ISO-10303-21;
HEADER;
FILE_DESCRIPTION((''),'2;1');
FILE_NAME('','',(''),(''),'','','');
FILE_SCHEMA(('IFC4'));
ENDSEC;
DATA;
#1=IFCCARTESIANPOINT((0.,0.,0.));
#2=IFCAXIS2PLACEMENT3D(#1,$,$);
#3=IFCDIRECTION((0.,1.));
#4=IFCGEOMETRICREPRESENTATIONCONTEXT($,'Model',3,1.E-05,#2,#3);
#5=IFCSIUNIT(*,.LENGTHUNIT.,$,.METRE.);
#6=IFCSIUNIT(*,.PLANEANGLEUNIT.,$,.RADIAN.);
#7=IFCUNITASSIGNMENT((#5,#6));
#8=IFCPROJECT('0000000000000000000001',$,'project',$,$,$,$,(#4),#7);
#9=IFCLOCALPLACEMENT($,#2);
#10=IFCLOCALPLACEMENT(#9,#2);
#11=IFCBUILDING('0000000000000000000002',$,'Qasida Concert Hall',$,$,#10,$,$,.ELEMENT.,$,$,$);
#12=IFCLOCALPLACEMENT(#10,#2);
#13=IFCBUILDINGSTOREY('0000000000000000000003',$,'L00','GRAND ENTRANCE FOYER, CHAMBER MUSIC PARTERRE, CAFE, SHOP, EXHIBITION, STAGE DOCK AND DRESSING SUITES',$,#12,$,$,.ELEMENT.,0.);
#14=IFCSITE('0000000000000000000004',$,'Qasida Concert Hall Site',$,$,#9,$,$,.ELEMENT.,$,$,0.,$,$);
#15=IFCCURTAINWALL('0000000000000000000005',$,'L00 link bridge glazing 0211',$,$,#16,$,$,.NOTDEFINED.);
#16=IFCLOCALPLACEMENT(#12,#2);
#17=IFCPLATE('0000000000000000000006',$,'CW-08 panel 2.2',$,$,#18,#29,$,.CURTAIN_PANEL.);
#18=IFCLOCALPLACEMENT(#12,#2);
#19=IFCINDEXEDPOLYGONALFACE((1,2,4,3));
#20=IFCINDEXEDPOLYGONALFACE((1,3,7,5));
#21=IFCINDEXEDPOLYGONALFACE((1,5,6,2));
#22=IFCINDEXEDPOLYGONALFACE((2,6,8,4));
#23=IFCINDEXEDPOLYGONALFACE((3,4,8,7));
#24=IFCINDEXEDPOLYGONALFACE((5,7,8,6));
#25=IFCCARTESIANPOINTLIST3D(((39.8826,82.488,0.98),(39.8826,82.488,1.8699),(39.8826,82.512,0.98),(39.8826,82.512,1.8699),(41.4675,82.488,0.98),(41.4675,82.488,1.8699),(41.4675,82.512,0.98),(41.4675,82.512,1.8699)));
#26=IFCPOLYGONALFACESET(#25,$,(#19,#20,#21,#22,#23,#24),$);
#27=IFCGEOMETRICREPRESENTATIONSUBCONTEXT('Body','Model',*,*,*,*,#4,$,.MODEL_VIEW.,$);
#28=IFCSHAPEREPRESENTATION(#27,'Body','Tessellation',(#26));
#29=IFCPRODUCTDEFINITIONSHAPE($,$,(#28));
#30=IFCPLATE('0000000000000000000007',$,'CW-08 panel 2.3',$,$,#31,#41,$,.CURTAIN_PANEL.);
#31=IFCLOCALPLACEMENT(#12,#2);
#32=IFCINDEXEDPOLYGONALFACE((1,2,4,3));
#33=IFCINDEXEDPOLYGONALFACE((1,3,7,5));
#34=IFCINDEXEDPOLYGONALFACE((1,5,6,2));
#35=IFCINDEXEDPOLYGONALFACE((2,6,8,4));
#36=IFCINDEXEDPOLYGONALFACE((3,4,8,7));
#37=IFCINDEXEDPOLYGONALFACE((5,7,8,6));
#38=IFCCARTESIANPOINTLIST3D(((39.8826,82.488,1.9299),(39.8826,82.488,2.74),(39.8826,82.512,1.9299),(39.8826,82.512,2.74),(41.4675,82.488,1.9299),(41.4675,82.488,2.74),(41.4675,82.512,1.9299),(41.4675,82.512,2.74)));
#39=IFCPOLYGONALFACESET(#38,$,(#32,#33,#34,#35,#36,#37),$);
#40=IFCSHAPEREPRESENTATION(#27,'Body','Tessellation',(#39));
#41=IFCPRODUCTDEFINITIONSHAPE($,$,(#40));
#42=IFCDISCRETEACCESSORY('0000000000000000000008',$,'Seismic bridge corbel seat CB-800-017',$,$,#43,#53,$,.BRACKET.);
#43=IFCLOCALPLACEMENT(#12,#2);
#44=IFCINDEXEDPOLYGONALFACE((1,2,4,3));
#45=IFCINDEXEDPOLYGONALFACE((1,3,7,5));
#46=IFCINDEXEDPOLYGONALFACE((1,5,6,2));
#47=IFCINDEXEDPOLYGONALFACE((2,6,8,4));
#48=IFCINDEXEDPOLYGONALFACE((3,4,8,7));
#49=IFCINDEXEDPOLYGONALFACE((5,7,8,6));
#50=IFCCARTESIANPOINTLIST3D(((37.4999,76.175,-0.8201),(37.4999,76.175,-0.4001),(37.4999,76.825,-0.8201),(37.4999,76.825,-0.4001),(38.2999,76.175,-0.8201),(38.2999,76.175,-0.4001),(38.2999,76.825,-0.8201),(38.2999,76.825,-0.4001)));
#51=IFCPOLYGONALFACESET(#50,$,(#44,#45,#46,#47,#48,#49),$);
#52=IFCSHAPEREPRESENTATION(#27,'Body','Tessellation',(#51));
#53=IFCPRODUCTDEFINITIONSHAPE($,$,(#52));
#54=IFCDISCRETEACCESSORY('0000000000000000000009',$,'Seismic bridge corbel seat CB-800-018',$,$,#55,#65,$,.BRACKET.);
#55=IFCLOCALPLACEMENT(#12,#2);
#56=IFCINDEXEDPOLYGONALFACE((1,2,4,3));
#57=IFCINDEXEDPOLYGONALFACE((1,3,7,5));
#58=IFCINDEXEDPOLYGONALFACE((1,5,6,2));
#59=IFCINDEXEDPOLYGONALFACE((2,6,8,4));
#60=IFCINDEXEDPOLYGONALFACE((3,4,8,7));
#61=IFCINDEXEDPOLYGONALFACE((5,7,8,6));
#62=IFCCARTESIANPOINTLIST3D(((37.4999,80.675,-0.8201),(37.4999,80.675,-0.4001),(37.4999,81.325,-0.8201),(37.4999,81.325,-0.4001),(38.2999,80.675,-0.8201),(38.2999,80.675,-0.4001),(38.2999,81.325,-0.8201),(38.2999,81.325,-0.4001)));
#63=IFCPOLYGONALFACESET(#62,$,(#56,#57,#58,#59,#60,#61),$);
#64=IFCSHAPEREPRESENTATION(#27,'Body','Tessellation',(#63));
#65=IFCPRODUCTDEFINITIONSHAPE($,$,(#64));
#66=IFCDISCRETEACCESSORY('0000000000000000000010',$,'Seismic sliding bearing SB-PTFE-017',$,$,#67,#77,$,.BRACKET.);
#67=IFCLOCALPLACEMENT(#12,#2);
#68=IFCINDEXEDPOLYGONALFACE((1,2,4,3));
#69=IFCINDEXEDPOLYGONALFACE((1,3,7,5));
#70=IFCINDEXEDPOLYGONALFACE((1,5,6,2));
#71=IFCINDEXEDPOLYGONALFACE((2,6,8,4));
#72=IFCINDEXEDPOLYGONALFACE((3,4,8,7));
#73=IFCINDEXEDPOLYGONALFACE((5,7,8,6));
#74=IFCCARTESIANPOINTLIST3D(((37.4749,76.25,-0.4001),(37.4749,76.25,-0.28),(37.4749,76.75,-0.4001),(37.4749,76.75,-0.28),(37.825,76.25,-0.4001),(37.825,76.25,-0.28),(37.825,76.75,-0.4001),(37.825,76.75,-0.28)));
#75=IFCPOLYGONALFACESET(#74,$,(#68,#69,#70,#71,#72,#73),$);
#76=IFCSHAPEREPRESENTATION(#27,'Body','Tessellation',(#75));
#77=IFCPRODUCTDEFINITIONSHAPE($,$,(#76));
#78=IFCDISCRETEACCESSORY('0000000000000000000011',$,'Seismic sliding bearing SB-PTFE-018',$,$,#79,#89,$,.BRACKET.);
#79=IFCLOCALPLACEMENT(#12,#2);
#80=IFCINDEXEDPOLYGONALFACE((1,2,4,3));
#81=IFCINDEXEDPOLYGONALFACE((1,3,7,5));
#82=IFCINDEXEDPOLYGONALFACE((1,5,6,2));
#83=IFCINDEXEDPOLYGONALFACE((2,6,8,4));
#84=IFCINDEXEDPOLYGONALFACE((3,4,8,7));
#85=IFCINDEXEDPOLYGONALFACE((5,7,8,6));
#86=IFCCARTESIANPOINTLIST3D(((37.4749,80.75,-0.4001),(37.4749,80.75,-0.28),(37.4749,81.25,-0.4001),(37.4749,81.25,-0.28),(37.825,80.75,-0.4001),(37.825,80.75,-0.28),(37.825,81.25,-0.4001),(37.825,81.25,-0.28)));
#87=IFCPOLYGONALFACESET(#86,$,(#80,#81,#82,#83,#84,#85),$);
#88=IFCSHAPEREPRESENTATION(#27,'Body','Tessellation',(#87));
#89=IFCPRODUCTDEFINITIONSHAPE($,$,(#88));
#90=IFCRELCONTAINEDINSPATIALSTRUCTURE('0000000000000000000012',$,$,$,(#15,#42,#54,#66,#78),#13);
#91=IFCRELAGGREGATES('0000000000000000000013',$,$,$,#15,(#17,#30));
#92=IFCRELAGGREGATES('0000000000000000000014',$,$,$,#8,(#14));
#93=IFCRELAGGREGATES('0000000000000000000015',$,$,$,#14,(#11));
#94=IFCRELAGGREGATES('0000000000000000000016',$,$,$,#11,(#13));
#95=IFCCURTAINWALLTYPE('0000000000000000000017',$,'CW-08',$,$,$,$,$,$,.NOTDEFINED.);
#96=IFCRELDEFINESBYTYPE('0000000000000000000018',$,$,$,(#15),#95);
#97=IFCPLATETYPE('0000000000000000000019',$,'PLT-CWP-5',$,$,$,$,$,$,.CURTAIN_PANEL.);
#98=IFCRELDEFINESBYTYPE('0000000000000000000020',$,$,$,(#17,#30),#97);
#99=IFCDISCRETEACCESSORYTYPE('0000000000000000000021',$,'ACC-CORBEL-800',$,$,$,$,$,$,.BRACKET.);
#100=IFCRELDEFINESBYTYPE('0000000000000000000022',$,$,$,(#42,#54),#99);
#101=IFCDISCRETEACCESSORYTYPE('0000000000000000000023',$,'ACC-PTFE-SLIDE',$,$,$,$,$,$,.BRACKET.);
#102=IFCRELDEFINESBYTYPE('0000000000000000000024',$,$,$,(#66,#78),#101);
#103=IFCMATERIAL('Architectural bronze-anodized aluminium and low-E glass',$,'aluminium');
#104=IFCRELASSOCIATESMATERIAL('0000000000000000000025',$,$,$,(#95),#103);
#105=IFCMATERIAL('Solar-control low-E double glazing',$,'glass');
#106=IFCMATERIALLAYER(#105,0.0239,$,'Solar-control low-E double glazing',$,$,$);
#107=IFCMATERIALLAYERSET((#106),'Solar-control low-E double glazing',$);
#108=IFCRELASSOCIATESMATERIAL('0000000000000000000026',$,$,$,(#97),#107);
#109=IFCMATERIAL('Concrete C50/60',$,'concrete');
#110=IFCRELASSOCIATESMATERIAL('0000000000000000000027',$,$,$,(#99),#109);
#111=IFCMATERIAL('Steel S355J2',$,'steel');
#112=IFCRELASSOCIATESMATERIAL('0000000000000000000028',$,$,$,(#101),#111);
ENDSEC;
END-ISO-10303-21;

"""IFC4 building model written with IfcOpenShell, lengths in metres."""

from ifc_helpers import new_model, si_unit, direction, frame, origin, origin_2d, place, context, subcontext, project, spatial, rectangle, extrude, material, layer, layer_set, type_object, element, aggregate, save


model = new_model("IFC4")

# Units and contexts
model_context = context("Model", 3, precision=1e-05, world=origin(), true_north=direction((0.0, 1.0)))
body_context = subcontext(model_context, "Body", "Model", "MODEL_VIEW")
ifc_project = project(units=[si_unit("LENGTHUNIT", "METRE"), si_unit("PLANEANGLEUNIT", "RADIAN")], contexts=[model_context])

# Site, building, storey
site_placement = place(None, origin())
site = spatial("IfcSite", under=ifc_project, at=site_placement, Name="Qasida Concert Hall Site", CompositionType="ELEMENT", RefElevation=0.0)
building_placement = place(site_placement, origin())
building = spatial("IfcBuilding", under=site, at=building_placement, Name="Qasida Concert Hall", CompositionType="ELEMENT")
storey_placement = place(building_placement, origin())
storey = spatial("IfcBuildingStorey", under=building, at=storey_placement, Name="L00", Description="GRAND ENTRANCE FOYER, CHAMBER MUSIC PARTERRE, CAFE, SHOP, EXHIBITION, STAGE DOCK AND DRESSING SUITES", CompositionType="ELEMENT", Elevation=0.0)

# Curtain wall, plates
ifc_material_1 = material(Name="Architectural bronze-anodized aluminium and low-E glass", Category="aluminium")
curtain_wall_type = type_object("IfcCurtainWallType", Name="CW-08", PredefinedType="NOTDEFINED", material=ifc_material_1)
curtain_wall_placement = place(storey_placement, origin())
curtain_wall = element("IfcCurtainWall", 1, at=curtain_wall_placement, inside=storey, type_object=curtain_wall_type, Name="L00 link bridge glazing 0211", PredefinedType="NOTDEFINED")
ifc_material_2 = material(Name="Solar-control low-E double glazing", Category="glass")
ifc_layer = layer(ifc_material_2, 0.0239, Name="Solar-control low-E double glazing")
ifc_layer_set = layer_set([ifc_layer], Name="Solar-control low-E double glazing")
plate_type = type_object("IfcPlateType", Name="PLT-CWP-5", PredefinedType="CURTAIN_PANEL", material=ifc_layer_set)
plate_1_placement = place(storey_placement, frame((40.675, 82.5, 0.98), z_axis=(0.0, 0.0, 1.0), x_axis=(1.0, 0.0, 0.0)))
plate_1 = element("IfcPlate", 2, at=plate_1_placement, type_object=plate_type, Name="CW-08 panel 2.2", PredefinedType="CURTAIN_PANEL", context=body_context, shape_type="SweptSolid", body=[
    extrude(rectangle(XDim=1.585, YDim=0.0239, at=origin_2d()), origin(), (0.0, 0.0, 1.0), 0.8899),
])
plate_2_placement = place(storey_placement, frame((40.675, 82.5, 1.9299), z_axis=(0.0, 0.0, 1.0), x_axis=(1.0, 0.0, 0.0)))
plate_2 = element("IfcPlate", 3, at=plate_2_placement, type_object=plate_type, Name="CW-08 panel 2.3", PredefinedType="CURTAIN_PANEL", context=body_context, shape_type="SweptSolid", body=[
    extrude(rectangle(XDim=1.585, YDim=0.0239, at=origin_2d()), origin(), (0.0, 0.0, 1.0), 0.8101),
])
aggregate(curtain_wall, [plate_1, plate_2])

# Discrete accessories
ifc_material_3 = material(Name="Concrete C50/60", Category="concrete")
discrete_accessory_type_1 = type_object("IfcDiscreteAccessoryType", Name="ACC-CORBEL-800", PredefinedType="BRACKET", material=ifc_material_3)
for number, where, z_axis, x_axis, name in (
    (4, (37.8999, 76.5, -0.8201), (0.0, 0.0, 1.0), (1.0, 0.0, 0.0), "Seismic bridge corbel seat CB-800-017"),
    (5, (37.8999, 81.0, -0.8201), (0.0, 0.0, 1.0), (1.0, 0.0, 0.0), "Seismic bridge corbel seat CB-800-018"),
):
    element("IfcDiscreteAccessory", number, at=place(storey_placement, frame(where, z_axis=z_axis, x_axis=x_axis)), inside=storey, type_object=discrete_accessory_type_1, Name=name, PredefinedType="BRACKET", context=body_context, shape_type="SweptSolid", body=[
        extrude(rectangle(XDim=0.8, YDim=0.6499, at=origin_2d()), origin(), (0.0, 0.0, 1.0), 0.4199),
    ])
ifc_material_4 = material(Name="Steel S355J2", Category="steel")
discrete_accessory_type_2 = type_object("IfcDiscreteAccessoryType", Name="ACC-PTFE-SLIDE", PredefinedType="BRACKET", material=ifc_material_4)
for number, where, z_axis, x_axis, name in (
    (6, (37.6499, 76.5, -0.4001), (0.0, 0.0, 1.0), (1.0, 0.0, 0.0), "Seismic sliding bearing SB-PTFE-017"),
    (7, (37.6499, 81.0, -0.4001), (0.0, 0.0, 1.0), (1.0, 0.0, 0.0), "Seismic sliding bearing SB-PTFE-018"),
):
    element("IfcDiscreteAccessory", number, at=place(storey_placement, frame(where, z_axis=z_axis, x_axis=x_axis)), inside=storey, type_object=discrete_accessory_type_2, Name=name, PredefinedType="BRACKET", context=body_context, shape_type="SweptSolid", body=[
        extrude(rectangle(XDim=0.3501, YDim=0.5, at=origin_2d()), origin(), (0.0, 0.0, 1.0), 0.1201),
    ])

save(model, "model.ifc")
